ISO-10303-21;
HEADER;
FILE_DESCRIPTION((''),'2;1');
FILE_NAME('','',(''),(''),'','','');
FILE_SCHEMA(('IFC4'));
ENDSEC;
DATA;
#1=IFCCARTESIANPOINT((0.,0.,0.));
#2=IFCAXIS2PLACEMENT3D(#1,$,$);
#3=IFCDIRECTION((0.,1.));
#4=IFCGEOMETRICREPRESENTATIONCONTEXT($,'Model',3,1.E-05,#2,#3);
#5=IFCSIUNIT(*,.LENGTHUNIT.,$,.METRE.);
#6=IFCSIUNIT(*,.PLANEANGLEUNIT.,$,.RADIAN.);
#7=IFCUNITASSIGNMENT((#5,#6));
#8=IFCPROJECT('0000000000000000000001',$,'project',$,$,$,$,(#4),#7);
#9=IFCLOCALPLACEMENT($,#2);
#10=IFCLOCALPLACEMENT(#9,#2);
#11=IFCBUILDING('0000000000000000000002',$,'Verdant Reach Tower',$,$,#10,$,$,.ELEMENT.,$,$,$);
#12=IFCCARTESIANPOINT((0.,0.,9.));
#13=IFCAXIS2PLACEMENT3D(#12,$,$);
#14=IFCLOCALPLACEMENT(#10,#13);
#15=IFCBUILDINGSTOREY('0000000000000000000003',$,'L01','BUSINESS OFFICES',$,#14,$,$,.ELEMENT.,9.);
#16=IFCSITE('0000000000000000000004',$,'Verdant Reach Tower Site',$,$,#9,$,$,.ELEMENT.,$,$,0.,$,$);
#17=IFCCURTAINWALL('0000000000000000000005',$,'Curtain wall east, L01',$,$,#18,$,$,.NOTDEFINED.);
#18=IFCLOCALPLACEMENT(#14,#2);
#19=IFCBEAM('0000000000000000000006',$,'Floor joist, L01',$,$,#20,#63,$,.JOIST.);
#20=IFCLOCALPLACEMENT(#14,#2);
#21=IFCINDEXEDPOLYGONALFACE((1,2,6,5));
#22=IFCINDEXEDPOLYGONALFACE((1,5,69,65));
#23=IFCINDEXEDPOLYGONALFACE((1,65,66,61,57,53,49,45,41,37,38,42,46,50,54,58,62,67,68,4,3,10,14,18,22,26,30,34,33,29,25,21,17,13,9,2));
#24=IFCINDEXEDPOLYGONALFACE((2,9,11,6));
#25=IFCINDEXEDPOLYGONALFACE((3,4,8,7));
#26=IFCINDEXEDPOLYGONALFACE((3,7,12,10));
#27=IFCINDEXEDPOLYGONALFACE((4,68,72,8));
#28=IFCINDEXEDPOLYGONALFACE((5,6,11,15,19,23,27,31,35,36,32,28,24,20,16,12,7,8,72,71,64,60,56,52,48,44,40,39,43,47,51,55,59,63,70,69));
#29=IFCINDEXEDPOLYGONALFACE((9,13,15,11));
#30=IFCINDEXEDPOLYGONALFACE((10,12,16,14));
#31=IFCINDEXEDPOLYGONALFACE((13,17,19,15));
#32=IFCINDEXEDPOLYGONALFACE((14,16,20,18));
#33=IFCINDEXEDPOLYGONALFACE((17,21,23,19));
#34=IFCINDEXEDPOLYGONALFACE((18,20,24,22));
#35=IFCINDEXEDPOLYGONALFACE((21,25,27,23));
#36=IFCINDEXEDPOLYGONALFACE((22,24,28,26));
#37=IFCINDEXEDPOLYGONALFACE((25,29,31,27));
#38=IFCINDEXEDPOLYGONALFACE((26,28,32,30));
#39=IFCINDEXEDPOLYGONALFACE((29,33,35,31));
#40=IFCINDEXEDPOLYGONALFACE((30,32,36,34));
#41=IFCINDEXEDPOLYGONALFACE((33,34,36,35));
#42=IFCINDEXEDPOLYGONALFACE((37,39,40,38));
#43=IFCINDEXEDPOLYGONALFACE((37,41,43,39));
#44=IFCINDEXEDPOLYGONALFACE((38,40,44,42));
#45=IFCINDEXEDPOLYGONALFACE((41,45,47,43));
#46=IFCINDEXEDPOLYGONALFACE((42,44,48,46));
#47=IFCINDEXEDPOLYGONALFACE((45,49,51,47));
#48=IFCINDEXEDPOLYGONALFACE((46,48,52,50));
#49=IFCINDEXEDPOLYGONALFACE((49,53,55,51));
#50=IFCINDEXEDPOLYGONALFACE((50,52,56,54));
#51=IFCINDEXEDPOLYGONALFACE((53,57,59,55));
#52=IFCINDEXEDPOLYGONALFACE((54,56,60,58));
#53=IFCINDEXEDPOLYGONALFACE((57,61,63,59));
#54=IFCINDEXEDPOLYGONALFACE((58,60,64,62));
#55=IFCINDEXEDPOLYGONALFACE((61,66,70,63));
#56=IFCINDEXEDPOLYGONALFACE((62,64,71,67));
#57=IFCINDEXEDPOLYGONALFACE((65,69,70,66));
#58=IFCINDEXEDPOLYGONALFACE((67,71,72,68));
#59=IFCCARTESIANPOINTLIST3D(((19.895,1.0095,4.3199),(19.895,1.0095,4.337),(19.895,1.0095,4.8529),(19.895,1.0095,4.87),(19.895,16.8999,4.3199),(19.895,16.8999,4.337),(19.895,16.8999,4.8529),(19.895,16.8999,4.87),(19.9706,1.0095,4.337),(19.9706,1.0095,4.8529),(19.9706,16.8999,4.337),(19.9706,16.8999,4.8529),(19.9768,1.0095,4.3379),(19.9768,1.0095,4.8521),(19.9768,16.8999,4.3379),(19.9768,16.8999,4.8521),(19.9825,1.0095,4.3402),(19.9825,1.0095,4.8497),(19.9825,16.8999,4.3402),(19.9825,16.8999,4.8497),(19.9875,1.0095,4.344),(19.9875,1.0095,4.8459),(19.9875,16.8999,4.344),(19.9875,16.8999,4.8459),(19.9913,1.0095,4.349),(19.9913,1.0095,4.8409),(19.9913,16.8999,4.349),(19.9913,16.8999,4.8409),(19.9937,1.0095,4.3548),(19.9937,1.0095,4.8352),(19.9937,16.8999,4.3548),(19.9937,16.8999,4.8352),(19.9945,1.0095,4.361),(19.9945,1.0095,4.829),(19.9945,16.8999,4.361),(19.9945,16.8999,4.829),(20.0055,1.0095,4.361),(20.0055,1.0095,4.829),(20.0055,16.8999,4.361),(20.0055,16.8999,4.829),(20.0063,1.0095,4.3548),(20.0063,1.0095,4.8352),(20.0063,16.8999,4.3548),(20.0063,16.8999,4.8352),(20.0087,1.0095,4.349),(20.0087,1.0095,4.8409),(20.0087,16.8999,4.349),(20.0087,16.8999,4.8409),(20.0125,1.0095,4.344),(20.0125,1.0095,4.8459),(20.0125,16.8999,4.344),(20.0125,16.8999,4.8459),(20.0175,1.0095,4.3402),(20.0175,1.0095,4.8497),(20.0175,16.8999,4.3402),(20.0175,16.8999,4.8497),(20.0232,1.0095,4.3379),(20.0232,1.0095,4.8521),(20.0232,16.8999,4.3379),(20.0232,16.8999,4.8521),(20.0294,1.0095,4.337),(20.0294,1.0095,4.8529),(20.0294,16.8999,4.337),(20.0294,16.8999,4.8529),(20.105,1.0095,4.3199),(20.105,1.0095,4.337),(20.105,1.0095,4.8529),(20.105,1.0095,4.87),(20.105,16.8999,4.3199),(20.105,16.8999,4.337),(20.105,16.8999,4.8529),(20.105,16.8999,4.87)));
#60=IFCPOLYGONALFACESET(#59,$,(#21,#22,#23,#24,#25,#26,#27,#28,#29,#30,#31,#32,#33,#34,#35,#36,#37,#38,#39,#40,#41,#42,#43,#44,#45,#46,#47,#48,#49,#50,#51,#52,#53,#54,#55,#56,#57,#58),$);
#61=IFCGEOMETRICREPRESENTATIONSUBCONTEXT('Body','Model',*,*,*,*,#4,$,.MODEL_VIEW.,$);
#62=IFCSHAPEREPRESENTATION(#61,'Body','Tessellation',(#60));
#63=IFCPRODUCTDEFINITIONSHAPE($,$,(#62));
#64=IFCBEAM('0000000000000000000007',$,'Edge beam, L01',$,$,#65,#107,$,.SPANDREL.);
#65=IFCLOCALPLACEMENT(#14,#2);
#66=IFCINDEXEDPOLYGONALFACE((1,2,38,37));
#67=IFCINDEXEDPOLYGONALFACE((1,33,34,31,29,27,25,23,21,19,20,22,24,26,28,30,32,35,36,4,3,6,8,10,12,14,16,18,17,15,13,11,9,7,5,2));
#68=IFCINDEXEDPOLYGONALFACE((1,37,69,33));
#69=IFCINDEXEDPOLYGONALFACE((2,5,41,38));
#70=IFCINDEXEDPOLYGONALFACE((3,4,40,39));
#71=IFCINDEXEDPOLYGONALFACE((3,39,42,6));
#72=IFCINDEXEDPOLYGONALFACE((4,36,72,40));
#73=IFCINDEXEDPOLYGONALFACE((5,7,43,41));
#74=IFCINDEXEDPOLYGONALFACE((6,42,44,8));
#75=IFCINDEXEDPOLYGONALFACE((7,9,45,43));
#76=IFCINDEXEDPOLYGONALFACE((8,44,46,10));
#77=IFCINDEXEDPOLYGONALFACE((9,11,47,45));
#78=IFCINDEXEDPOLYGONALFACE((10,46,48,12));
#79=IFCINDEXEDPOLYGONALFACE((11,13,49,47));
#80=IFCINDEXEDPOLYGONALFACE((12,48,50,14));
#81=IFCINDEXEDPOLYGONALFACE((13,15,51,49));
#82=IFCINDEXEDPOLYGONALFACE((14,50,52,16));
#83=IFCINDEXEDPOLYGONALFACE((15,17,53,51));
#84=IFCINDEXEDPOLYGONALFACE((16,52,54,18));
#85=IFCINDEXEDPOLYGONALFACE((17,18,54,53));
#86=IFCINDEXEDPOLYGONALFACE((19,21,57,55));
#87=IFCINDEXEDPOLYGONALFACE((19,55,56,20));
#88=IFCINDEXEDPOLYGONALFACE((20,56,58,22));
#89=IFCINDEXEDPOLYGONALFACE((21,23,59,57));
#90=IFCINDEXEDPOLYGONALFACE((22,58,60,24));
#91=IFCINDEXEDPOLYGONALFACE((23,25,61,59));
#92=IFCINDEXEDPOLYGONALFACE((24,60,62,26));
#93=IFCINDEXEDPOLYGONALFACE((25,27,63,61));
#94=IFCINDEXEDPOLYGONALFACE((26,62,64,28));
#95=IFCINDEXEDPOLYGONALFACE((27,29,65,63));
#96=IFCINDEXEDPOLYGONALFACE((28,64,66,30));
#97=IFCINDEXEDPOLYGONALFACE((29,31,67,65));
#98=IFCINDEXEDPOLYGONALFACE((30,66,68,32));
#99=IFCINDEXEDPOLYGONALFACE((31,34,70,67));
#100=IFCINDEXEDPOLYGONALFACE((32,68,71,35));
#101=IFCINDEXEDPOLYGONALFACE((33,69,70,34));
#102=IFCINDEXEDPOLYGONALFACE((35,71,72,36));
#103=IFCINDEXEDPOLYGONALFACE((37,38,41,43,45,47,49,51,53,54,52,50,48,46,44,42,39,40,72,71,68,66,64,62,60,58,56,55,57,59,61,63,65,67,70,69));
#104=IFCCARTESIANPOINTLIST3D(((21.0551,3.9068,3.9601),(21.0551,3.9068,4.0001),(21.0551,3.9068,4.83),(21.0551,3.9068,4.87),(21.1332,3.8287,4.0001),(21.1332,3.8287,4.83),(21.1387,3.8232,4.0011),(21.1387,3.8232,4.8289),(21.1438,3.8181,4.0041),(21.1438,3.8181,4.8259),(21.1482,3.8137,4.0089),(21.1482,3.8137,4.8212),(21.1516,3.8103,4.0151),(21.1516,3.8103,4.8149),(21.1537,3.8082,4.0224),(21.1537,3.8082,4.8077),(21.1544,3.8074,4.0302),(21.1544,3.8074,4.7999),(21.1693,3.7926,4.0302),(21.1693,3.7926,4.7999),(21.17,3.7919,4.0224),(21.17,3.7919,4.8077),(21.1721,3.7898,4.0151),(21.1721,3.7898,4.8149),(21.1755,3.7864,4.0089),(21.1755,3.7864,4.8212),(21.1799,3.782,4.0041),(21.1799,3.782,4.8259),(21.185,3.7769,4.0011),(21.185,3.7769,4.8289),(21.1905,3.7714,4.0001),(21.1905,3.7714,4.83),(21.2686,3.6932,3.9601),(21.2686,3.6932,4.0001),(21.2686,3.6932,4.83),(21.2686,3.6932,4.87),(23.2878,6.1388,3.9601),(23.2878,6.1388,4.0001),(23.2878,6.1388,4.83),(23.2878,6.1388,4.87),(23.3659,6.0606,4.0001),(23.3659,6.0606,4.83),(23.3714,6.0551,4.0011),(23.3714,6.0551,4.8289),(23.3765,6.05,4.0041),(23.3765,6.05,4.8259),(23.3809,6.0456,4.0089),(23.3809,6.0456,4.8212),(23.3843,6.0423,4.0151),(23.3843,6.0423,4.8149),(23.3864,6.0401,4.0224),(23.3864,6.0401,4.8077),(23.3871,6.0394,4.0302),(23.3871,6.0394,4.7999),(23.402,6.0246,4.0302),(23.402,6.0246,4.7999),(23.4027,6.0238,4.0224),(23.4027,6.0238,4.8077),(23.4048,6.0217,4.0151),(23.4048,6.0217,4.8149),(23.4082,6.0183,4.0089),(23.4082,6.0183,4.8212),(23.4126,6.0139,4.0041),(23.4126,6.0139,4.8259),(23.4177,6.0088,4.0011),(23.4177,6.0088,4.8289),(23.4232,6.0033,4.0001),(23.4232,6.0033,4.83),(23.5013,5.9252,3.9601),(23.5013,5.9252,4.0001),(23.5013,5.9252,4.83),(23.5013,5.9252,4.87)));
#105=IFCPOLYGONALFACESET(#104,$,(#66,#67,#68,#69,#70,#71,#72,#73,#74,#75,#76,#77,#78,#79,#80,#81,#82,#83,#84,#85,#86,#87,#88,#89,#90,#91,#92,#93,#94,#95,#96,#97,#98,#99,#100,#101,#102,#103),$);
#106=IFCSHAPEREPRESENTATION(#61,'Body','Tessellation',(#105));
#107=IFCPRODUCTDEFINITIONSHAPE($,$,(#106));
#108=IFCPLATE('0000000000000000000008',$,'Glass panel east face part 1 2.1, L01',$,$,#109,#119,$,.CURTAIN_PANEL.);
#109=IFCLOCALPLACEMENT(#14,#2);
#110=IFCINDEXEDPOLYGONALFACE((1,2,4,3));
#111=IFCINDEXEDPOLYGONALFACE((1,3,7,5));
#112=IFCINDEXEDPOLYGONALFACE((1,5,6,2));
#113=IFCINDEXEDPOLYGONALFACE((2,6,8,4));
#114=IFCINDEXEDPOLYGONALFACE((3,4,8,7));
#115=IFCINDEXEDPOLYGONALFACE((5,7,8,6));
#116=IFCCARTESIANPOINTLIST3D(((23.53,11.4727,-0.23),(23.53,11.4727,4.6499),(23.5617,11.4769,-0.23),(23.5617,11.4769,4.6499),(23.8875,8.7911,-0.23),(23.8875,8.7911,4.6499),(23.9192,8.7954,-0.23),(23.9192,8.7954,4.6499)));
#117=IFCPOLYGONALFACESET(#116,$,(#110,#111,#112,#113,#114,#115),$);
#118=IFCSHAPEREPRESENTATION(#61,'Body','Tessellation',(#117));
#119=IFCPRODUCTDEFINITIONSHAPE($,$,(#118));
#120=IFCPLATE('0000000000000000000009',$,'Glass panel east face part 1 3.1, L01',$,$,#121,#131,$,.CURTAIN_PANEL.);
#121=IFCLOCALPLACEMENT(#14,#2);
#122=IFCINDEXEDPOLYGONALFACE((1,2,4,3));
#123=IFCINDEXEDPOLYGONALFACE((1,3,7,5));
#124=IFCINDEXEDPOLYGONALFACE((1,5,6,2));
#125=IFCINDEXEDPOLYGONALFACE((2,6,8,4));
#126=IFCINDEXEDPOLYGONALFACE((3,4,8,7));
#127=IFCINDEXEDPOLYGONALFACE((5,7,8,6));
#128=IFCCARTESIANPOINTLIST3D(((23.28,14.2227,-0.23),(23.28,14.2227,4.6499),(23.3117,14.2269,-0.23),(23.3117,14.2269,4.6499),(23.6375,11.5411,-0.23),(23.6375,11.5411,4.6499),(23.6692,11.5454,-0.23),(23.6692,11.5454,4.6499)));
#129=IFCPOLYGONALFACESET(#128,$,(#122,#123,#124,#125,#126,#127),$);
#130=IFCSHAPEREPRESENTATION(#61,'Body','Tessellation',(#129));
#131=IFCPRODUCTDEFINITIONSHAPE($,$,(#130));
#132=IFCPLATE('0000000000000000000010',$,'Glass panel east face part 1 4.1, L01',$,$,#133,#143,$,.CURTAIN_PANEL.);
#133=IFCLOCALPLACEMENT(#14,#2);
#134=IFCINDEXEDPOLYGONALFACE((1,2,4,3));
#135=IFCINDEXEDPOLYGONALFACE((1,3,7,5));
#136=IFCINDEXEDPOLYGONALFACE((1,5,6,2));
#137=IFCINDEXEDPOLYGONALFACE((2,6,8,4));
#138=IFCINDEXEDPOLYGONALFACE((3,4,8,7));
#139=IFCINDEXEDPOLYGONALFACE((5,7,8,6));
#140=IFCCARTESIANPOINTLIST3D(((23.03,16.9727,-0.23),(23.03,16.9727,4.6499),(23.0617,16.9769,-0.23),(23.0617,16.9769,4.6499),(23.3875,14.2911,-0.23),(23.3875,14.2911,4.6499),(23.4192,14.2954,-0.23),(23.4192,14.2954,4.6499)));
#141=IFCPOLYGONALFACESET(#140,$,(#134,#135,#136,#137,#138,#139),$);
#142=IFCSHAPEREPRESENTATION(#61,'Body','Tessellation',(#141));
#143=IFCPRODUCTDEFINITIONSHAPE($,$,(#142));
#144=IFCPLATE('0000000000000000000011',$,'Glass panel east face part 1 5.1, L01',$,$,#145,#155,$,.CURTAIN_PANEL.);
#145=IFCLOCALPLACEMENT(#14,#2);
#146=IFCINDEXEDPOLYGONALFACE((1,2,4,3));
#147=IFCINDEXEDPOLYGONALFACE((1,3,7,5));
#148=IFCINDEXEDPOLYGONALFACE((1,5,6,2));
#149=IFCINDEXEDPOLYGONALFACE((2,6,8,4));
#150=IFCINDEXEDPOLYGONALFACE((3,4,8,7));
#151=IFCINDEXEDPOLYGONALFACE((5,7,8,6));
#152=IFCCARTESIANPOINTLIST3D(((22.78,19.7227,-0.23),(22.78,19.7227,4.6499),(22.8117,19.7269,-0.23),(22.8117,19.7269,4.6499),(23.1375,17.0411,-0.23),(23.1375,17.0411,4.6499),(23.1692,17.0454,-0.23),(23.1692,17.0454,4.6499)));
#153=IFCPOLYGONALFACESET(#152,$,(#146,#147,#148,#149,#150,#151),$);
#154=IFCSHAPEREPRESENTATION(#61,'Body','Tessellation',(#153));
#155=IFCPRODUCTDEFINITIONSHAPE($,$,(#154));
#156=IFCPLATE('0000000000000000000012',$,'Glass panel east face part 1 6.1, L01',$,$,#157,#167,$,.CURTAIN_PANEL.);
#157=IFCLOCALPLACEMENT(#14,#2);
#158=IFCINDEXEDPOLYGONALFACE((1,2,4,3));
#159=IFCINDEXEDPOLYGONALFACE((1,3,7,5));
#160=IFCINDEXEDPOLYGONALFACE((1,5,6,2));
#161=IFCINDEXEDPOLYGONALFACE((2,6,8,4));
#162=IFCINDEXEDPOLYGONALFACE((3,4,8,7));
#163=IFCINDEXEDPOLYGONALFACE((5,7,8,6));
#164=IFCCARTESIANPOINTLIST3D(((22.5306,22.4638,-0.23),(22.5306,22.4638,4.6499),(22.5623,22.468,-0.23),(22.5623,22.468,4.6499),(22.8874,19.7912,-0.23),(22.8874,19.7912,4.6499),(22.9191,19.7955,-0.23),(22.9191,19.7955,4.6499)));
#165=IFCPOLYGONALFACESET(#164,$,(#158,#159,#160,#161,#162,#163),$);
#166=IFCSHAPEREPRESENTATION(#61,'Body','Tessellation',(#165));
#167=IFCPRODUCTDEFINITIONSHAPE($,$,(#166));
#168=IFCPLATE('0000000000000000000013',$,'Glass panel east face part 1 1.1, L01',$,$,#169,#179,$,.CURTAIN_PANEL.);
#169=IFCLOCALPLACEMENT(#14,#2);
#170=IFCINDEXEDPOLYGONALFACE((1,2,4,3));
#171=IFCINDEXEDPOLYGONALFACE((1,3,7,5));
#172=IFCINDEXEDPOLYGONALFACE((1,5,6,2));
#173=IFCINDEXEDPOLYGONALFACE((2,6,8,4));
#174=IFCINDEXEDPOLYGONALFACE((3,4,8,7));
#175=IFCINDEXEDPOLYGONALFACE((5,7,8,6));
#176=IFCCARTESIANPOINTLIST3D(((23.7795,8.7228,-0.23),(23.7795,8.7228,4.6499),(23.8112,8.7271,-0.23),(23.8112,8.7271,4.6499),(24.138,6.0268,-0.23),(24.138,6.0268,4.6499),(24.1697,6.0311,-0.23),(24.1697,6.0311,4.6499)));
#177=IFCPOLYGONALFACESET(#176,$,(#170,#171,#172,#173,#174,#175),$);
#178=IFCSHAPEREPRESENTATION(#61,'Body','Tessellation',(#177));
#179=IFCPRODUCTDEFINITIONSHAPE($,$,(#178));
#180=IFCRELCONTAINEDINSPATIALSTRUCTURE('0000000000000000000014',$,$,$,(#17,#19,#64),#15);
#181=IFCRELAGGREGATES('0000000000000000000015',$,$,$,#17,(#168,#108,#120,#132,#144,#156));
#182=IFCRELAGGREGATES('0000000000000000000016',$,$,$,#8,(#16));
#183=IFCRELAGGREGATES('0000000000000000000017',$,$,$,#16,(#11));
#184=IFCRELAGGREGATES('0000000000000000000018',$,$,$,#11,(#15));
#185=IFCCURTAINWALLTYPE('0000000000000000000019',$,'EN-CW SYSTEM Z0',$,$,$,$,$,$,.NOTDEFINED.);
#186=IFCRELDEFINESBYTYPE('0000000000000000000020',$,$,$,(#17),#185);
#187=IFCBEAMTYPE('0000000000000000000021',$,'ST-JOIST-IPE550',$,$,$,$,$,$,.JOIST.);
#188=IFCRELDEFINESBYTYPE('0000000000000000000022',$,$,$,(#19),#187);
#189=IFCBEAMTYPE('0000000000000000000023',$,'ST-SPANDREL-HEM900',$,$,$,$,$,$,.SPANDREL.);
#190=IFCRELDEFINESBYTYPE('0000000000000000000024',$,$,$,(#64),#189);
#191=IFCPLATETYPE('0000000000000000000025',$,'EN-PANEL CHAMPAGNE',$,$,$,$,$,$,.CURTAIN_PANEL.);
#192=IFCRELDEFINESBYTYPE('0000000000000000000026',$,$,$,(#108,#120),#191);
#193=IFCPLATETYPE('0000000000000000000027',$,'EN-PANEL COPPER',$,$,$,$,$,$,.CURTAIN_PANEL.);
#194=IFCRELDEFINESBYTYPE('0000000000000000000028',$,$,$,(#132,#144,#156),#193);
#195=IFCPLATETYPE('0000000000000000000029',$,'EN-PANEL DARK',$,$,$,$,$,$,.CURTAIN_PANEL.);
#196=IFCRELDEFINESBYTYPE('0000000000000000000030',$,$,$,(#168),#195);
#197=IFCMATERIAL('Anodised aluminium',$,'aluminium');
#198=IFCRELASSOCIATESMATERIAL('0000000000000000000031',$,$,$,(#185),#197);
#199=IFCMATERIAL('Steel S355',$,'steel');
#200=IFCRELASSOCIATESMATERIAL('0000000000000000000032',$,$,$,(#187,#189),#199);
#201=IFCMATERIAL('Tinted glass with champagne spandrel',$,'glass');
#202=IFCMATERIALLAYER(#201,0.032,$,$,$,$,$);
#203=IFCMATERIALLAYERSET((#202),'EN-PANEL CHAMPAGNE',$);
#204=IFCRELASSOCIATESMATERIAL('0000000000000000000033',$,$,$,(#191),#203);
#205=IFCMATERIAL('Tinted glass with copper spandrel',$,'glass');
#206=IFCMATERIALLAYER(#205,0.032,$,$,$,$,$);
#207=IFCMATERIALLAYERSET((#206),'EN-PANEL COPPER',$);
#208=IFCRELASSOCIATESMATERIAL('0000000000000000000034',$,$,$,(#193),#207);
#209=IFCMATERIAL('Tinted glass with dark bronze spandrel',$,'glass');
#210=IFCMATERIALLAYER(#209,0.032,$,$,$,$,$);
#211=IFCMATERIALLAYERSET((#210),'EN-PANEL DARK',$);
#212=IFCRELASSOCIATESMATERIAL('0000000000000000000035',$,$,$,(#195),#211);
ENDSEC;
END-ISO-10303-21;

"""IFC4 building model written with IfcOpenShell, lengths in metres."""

from ifc_helpers import new_model, si_unit, direction, frame, origin, origin_2d, place, context, subcontext, project, spatial, rectangle, i_section, extrude, material, layer, layer_set, material_profile, profile_set, type_object, element, aggregate, save


model = new_model("IFC4")

# Units and contexts
model_context = context("Model", 3, precision=1e-05, world=origin(), true_north=direction((0.0, 1.0)))
body_context = subcontext(model_context, "Body", "Model", "MODEL_VIEW")
ifc_project = project(units=[si_unit("LENGTHUNIT", "METRE"), si_unit("PLANEANGLEUNIT", "RADIAN")], contexts=[model_context])

# Site, building, storey
site_placement = place(None, origin())
site = spatial("IfcSite", under=ifc_project, at=site_placement, Name="Verdant Reach Tower Site", CompositionType="ELEMENT", RefElevation=0.0)
building_placement = place(site_placement, origin())
building = spatial("IfcBuilding", under=site, at=building_placement, Name="Verdant Reach Tower", CompositionType="ELEMENT")
storey_placement = place(building_placement, frame((0.0, 0.0, 9.0)))
storey = spatial("IfcBuildingStorey", under=building, at=storey_placement, Name="L01", Description="BUSINESS OFFICES", CompositionType="ELEMENT", Elevation=9.0)

# Curtain wall
ifc_material_1 = material(Name="Anodised aluminium", Category="aluminium")
curtain_wall_type = type_object("IfcCurtainWallType", Name="EN-CW SYSTEM Z0", PredefinedType="NOTDEFINED", material=ifc_material_1)
curtain_wall_placement = place(storey_placement, origin())
curtain_wall = element("IfcCurtainWall", 1, at=curtain_wall_placement, inside=storey, type_object=curtain_wall_type, Name="Curtain wall east, L01", PredefinedType="NOTDEFINED")

# Beams
ifc_material_2 = material(Name="Steel S355", Category="steel")
ifc_material_profile_1 = material_profile(ifc_material_2, i_section(OverallWidth=0.21, OverallDepth=0.55, WebThickness=0.011, FlangeThickness=0.0171, FilletRadius=0.0239, at=origin_2d()), Name="IPE 550")
ifc_profile_set_1 = profile_set([ifc_material_profile_1], Name="Steel S355")
beam_type_1 = type_object("IfcBeamType", Name="ST-JOIST-IPE550", PredefinedType="JOIST", material=ifc_profile_set_1)
beam_1_placement = place(storey_placement, frame((20.0, 16.8999, 4.595), z_axis=(0.0, -1.0, 0.0), x_axis=(1.0, 0.0, 0.0)))
element("IfcBeam", 2, at=beam_1_placement, inside=storey, type_object=beam_type_1, Name="Floor joist, L01", PredefinedType="JOIST", context=body_context, shape_type="SweptSolid", body=[
    extrude(i_section(OverallWidth=0.21, OverallDepth=0.55, WebThickness=0.011, FlangeThickness=0.0171, FilletRadius=0.0239, at=origin_2d()), origin(), (0.0, 0.0, 1.0), 15.8904),
])
ifc_material_profile_2 = material_profile(ifc_material_2, i_section(OverallWidth=0.302, OverallDepth=0.9099, WebThickness=0.021, FlangeThickness=0.04, FilletRadius=0.03, at=origin_2d()), Name="HEM 900")
ifc_profile_set_2 = profile_set([ifc_material_profile_2], Name="Steel S355")
beam_type_2 = type_object("IfcBeamType", Name="ST-SPANDREL-HEM900", PredefinedType="SPANDREL", material=ifc_profile_set_2)
beam_2_placement = place(storey_placement, frame((23.3945, 6.032, 4.415), z_axis=(-0.707223, -0.706991, 0.0), x_axis=(0.706991, -0.707223, 0.0)))
element("IfcBeam", 3, at=beam_2_placement, inside=storey, type_object=beam_type_2, Name="Edge beam, L01", PredefinedType="SPANDREL", context=body_context, shape_type="SweptSolid", body=[
    extrude(i_section(OverallWidth=0.302, OverallDepth=0.9099, WebThickness=0.021, FlangeThickness=0.04, FilletRadius=0.03, at=origin_2d()), origin(), (0.0, 0.0, 1.0), 3.157),
])

# Plates
ifc_material_3 = material(Name="Tinted glass with champagne spandrel", Category="glass")
ifc_layer_1 = layer(ifc_material_3, 0.032)
ifc_layer_set_1 = layer_set([ifc_layer_1], Name="EN-PANEL CHAMPAGNE")
plate_type_1 = type_object("IfcPlateType", Name="EN-PANEL CHAMPAGNE", PredefinedType="CURTAIN_PANEL", material=ifc_layer_set_1)
plate_1_placement = place(storey_placement, frame((23.7246, 10.134, -0.23), z_axis=(0.0, 0.0, 1.0), x_axis=(-0.13216, 0.991228, 0.0)))
plate_1 = element("IfcPlate", 4, at=plate_1_placement, type_object=plate_type_1, Name="Glass panel east face part 1 2.1, L01", PredefinedType="CURTAIN_PANEL", context=body_context, shape_type="SweptSolid", body=[
    extrude(rectangle(XDim=2.7053, YDim=0.032, at=origin_2d()), origin(), (0.0, 0.0, 1.0), 4.8799),
])
plate_2_placement = place(storey_placement, frame((23.4746, 12.884, -0.23), z_axis=(0.0, 0.0, 1.0), x_axis=(-0.13216, 0.991228, 0.0)))
plate_2 = element("IfcPlate", 5, at=plate_2_placement, type_object=plate_type_1, Name="Glass panel east face part 1 3.1, L01", PredefinedType="CURTAIN_PANEL", context=body_context, shape_type="SweptSolid", body=[
    extrude(rectangle(XDim=2.7053, YDim=0.032, at=origin_2d()), origin(), (0.0, 0.0, 1.0), 4.8799),
])
ifc_material_4 = material(Name="Tinted glass with copper spandrel", Category="glass")
ifc_layer_2 = layer(ifc_material_4, 0.032)
ifc_layer_set_2 = layer_set([ifc_layer_2], Name="EN-PANEL COPPER")
plate_type_2 = type_object("IfcPlateType", Name="EN-PANEL COPPER", PredefinedType="CURTAIN_PANEL", material=ifc_layer_set_2)
plate_3_placement = place(storey_placement, frame((23.2246, 15.634, -0.23), z_axis=(0.0, 0.0, 1.0), x_axis=(-0.13216, 0.991228, 0.0)))
plate_3 = element("IfcPlate", 6, at=plate_3_placement, type_object=plate_type_2, Name="Glass panel east face part 1 4.1, L01", PredefinedType="CURTAIN_PANEL", context=body_context, shape_type="SweptSolid", body=[
    extrude(rectangle(XDim=2.7053, YDim=0.032, at=origin_2d()), origin(), (0.0, 0.0, 1.0), 4.8799),
])
plate_4_placement = place(storey_placement, frame((22.9746, 18.384, -0.23), z_axis=(0.0, 0.0, 1.0), x_axis=(-0.13216, 0.991228, 0.0)))
plate_4 = element("IfcPlate", 7, at=plate_4_placement, type_object=plate_type_2, Name="Glass panel east face part 1 5.1, L01", PredefinedType="CURTAIN_PANEL", context=body_context, shape_type="SweptSolid", body=[
    extrude(rectangle(XDim=2.7053, YDim=0.032, at=origin_2d()), origin(), (0.0, 0.0, 1.0), 4.8799),
])
plate_5_placement = place(storey_placement, frame((22.7249, 21.1296, -0.23), z_axis=(0.0, 0.0, 1.0), x_axis=(-0.132308, 0.991209, 0.0)))
plate_5 = element("IfcPlate", 8, at=plate_5_placement, type_object=plate_type_2, Name="Glass panel east face part 1 6.1, L01", PredefinedType="CURTAIN_PANEL", context=body_context, shape_type="SweptSolid", body=[
    extrude(rectangle(XDim=2.6963, YDim=0.032, at=origin_2d()), origin(), (0.0, 0.0, 1.0), 4.8799),
])
ifc_material_5 = material(Name="Tinted glass with dark bronze spandrel", Category="glass")
ifc_layer_3 = layer(ifc_material_5, 0.032)
ifc_layer_set_3 = layer_set([ifc_layer_3], Name="EN-PANEL DARK")
plate_type_3 = type_object("IfcPlateType", Name="EN-PANEL DARK", PredefinedType="CURTAIN_PANEL", material=ifc_layer_set_3)
plate_6_placement = place(storey_placement, frame((23.9746, 7.377, -0.23), z_axis=(0.0, 0.0, 1.0), x_axis=(-0.131793, 0.991277, 0.0)))
plate_6 = element("IfcPlate", 9, at=plate_6_placement, type_object=plate_type_3, Name="Glass panel east face part 1 1.1, L01", PredefinedType="CURTAIN_PANEL", context=body_context, shape_type="SweptSolid", body=[
    extrude(rectangle(XDim=2.7197, YDim=0.032, at=origin_2d()), origin(), (0.0, 0.0, 1.0), 4.8799),
])
aggregate(curtain_wall, [plate_6, plate_1, plate_2, plate_3, plate_4, plate_5])

save(model, "model.ifc")
